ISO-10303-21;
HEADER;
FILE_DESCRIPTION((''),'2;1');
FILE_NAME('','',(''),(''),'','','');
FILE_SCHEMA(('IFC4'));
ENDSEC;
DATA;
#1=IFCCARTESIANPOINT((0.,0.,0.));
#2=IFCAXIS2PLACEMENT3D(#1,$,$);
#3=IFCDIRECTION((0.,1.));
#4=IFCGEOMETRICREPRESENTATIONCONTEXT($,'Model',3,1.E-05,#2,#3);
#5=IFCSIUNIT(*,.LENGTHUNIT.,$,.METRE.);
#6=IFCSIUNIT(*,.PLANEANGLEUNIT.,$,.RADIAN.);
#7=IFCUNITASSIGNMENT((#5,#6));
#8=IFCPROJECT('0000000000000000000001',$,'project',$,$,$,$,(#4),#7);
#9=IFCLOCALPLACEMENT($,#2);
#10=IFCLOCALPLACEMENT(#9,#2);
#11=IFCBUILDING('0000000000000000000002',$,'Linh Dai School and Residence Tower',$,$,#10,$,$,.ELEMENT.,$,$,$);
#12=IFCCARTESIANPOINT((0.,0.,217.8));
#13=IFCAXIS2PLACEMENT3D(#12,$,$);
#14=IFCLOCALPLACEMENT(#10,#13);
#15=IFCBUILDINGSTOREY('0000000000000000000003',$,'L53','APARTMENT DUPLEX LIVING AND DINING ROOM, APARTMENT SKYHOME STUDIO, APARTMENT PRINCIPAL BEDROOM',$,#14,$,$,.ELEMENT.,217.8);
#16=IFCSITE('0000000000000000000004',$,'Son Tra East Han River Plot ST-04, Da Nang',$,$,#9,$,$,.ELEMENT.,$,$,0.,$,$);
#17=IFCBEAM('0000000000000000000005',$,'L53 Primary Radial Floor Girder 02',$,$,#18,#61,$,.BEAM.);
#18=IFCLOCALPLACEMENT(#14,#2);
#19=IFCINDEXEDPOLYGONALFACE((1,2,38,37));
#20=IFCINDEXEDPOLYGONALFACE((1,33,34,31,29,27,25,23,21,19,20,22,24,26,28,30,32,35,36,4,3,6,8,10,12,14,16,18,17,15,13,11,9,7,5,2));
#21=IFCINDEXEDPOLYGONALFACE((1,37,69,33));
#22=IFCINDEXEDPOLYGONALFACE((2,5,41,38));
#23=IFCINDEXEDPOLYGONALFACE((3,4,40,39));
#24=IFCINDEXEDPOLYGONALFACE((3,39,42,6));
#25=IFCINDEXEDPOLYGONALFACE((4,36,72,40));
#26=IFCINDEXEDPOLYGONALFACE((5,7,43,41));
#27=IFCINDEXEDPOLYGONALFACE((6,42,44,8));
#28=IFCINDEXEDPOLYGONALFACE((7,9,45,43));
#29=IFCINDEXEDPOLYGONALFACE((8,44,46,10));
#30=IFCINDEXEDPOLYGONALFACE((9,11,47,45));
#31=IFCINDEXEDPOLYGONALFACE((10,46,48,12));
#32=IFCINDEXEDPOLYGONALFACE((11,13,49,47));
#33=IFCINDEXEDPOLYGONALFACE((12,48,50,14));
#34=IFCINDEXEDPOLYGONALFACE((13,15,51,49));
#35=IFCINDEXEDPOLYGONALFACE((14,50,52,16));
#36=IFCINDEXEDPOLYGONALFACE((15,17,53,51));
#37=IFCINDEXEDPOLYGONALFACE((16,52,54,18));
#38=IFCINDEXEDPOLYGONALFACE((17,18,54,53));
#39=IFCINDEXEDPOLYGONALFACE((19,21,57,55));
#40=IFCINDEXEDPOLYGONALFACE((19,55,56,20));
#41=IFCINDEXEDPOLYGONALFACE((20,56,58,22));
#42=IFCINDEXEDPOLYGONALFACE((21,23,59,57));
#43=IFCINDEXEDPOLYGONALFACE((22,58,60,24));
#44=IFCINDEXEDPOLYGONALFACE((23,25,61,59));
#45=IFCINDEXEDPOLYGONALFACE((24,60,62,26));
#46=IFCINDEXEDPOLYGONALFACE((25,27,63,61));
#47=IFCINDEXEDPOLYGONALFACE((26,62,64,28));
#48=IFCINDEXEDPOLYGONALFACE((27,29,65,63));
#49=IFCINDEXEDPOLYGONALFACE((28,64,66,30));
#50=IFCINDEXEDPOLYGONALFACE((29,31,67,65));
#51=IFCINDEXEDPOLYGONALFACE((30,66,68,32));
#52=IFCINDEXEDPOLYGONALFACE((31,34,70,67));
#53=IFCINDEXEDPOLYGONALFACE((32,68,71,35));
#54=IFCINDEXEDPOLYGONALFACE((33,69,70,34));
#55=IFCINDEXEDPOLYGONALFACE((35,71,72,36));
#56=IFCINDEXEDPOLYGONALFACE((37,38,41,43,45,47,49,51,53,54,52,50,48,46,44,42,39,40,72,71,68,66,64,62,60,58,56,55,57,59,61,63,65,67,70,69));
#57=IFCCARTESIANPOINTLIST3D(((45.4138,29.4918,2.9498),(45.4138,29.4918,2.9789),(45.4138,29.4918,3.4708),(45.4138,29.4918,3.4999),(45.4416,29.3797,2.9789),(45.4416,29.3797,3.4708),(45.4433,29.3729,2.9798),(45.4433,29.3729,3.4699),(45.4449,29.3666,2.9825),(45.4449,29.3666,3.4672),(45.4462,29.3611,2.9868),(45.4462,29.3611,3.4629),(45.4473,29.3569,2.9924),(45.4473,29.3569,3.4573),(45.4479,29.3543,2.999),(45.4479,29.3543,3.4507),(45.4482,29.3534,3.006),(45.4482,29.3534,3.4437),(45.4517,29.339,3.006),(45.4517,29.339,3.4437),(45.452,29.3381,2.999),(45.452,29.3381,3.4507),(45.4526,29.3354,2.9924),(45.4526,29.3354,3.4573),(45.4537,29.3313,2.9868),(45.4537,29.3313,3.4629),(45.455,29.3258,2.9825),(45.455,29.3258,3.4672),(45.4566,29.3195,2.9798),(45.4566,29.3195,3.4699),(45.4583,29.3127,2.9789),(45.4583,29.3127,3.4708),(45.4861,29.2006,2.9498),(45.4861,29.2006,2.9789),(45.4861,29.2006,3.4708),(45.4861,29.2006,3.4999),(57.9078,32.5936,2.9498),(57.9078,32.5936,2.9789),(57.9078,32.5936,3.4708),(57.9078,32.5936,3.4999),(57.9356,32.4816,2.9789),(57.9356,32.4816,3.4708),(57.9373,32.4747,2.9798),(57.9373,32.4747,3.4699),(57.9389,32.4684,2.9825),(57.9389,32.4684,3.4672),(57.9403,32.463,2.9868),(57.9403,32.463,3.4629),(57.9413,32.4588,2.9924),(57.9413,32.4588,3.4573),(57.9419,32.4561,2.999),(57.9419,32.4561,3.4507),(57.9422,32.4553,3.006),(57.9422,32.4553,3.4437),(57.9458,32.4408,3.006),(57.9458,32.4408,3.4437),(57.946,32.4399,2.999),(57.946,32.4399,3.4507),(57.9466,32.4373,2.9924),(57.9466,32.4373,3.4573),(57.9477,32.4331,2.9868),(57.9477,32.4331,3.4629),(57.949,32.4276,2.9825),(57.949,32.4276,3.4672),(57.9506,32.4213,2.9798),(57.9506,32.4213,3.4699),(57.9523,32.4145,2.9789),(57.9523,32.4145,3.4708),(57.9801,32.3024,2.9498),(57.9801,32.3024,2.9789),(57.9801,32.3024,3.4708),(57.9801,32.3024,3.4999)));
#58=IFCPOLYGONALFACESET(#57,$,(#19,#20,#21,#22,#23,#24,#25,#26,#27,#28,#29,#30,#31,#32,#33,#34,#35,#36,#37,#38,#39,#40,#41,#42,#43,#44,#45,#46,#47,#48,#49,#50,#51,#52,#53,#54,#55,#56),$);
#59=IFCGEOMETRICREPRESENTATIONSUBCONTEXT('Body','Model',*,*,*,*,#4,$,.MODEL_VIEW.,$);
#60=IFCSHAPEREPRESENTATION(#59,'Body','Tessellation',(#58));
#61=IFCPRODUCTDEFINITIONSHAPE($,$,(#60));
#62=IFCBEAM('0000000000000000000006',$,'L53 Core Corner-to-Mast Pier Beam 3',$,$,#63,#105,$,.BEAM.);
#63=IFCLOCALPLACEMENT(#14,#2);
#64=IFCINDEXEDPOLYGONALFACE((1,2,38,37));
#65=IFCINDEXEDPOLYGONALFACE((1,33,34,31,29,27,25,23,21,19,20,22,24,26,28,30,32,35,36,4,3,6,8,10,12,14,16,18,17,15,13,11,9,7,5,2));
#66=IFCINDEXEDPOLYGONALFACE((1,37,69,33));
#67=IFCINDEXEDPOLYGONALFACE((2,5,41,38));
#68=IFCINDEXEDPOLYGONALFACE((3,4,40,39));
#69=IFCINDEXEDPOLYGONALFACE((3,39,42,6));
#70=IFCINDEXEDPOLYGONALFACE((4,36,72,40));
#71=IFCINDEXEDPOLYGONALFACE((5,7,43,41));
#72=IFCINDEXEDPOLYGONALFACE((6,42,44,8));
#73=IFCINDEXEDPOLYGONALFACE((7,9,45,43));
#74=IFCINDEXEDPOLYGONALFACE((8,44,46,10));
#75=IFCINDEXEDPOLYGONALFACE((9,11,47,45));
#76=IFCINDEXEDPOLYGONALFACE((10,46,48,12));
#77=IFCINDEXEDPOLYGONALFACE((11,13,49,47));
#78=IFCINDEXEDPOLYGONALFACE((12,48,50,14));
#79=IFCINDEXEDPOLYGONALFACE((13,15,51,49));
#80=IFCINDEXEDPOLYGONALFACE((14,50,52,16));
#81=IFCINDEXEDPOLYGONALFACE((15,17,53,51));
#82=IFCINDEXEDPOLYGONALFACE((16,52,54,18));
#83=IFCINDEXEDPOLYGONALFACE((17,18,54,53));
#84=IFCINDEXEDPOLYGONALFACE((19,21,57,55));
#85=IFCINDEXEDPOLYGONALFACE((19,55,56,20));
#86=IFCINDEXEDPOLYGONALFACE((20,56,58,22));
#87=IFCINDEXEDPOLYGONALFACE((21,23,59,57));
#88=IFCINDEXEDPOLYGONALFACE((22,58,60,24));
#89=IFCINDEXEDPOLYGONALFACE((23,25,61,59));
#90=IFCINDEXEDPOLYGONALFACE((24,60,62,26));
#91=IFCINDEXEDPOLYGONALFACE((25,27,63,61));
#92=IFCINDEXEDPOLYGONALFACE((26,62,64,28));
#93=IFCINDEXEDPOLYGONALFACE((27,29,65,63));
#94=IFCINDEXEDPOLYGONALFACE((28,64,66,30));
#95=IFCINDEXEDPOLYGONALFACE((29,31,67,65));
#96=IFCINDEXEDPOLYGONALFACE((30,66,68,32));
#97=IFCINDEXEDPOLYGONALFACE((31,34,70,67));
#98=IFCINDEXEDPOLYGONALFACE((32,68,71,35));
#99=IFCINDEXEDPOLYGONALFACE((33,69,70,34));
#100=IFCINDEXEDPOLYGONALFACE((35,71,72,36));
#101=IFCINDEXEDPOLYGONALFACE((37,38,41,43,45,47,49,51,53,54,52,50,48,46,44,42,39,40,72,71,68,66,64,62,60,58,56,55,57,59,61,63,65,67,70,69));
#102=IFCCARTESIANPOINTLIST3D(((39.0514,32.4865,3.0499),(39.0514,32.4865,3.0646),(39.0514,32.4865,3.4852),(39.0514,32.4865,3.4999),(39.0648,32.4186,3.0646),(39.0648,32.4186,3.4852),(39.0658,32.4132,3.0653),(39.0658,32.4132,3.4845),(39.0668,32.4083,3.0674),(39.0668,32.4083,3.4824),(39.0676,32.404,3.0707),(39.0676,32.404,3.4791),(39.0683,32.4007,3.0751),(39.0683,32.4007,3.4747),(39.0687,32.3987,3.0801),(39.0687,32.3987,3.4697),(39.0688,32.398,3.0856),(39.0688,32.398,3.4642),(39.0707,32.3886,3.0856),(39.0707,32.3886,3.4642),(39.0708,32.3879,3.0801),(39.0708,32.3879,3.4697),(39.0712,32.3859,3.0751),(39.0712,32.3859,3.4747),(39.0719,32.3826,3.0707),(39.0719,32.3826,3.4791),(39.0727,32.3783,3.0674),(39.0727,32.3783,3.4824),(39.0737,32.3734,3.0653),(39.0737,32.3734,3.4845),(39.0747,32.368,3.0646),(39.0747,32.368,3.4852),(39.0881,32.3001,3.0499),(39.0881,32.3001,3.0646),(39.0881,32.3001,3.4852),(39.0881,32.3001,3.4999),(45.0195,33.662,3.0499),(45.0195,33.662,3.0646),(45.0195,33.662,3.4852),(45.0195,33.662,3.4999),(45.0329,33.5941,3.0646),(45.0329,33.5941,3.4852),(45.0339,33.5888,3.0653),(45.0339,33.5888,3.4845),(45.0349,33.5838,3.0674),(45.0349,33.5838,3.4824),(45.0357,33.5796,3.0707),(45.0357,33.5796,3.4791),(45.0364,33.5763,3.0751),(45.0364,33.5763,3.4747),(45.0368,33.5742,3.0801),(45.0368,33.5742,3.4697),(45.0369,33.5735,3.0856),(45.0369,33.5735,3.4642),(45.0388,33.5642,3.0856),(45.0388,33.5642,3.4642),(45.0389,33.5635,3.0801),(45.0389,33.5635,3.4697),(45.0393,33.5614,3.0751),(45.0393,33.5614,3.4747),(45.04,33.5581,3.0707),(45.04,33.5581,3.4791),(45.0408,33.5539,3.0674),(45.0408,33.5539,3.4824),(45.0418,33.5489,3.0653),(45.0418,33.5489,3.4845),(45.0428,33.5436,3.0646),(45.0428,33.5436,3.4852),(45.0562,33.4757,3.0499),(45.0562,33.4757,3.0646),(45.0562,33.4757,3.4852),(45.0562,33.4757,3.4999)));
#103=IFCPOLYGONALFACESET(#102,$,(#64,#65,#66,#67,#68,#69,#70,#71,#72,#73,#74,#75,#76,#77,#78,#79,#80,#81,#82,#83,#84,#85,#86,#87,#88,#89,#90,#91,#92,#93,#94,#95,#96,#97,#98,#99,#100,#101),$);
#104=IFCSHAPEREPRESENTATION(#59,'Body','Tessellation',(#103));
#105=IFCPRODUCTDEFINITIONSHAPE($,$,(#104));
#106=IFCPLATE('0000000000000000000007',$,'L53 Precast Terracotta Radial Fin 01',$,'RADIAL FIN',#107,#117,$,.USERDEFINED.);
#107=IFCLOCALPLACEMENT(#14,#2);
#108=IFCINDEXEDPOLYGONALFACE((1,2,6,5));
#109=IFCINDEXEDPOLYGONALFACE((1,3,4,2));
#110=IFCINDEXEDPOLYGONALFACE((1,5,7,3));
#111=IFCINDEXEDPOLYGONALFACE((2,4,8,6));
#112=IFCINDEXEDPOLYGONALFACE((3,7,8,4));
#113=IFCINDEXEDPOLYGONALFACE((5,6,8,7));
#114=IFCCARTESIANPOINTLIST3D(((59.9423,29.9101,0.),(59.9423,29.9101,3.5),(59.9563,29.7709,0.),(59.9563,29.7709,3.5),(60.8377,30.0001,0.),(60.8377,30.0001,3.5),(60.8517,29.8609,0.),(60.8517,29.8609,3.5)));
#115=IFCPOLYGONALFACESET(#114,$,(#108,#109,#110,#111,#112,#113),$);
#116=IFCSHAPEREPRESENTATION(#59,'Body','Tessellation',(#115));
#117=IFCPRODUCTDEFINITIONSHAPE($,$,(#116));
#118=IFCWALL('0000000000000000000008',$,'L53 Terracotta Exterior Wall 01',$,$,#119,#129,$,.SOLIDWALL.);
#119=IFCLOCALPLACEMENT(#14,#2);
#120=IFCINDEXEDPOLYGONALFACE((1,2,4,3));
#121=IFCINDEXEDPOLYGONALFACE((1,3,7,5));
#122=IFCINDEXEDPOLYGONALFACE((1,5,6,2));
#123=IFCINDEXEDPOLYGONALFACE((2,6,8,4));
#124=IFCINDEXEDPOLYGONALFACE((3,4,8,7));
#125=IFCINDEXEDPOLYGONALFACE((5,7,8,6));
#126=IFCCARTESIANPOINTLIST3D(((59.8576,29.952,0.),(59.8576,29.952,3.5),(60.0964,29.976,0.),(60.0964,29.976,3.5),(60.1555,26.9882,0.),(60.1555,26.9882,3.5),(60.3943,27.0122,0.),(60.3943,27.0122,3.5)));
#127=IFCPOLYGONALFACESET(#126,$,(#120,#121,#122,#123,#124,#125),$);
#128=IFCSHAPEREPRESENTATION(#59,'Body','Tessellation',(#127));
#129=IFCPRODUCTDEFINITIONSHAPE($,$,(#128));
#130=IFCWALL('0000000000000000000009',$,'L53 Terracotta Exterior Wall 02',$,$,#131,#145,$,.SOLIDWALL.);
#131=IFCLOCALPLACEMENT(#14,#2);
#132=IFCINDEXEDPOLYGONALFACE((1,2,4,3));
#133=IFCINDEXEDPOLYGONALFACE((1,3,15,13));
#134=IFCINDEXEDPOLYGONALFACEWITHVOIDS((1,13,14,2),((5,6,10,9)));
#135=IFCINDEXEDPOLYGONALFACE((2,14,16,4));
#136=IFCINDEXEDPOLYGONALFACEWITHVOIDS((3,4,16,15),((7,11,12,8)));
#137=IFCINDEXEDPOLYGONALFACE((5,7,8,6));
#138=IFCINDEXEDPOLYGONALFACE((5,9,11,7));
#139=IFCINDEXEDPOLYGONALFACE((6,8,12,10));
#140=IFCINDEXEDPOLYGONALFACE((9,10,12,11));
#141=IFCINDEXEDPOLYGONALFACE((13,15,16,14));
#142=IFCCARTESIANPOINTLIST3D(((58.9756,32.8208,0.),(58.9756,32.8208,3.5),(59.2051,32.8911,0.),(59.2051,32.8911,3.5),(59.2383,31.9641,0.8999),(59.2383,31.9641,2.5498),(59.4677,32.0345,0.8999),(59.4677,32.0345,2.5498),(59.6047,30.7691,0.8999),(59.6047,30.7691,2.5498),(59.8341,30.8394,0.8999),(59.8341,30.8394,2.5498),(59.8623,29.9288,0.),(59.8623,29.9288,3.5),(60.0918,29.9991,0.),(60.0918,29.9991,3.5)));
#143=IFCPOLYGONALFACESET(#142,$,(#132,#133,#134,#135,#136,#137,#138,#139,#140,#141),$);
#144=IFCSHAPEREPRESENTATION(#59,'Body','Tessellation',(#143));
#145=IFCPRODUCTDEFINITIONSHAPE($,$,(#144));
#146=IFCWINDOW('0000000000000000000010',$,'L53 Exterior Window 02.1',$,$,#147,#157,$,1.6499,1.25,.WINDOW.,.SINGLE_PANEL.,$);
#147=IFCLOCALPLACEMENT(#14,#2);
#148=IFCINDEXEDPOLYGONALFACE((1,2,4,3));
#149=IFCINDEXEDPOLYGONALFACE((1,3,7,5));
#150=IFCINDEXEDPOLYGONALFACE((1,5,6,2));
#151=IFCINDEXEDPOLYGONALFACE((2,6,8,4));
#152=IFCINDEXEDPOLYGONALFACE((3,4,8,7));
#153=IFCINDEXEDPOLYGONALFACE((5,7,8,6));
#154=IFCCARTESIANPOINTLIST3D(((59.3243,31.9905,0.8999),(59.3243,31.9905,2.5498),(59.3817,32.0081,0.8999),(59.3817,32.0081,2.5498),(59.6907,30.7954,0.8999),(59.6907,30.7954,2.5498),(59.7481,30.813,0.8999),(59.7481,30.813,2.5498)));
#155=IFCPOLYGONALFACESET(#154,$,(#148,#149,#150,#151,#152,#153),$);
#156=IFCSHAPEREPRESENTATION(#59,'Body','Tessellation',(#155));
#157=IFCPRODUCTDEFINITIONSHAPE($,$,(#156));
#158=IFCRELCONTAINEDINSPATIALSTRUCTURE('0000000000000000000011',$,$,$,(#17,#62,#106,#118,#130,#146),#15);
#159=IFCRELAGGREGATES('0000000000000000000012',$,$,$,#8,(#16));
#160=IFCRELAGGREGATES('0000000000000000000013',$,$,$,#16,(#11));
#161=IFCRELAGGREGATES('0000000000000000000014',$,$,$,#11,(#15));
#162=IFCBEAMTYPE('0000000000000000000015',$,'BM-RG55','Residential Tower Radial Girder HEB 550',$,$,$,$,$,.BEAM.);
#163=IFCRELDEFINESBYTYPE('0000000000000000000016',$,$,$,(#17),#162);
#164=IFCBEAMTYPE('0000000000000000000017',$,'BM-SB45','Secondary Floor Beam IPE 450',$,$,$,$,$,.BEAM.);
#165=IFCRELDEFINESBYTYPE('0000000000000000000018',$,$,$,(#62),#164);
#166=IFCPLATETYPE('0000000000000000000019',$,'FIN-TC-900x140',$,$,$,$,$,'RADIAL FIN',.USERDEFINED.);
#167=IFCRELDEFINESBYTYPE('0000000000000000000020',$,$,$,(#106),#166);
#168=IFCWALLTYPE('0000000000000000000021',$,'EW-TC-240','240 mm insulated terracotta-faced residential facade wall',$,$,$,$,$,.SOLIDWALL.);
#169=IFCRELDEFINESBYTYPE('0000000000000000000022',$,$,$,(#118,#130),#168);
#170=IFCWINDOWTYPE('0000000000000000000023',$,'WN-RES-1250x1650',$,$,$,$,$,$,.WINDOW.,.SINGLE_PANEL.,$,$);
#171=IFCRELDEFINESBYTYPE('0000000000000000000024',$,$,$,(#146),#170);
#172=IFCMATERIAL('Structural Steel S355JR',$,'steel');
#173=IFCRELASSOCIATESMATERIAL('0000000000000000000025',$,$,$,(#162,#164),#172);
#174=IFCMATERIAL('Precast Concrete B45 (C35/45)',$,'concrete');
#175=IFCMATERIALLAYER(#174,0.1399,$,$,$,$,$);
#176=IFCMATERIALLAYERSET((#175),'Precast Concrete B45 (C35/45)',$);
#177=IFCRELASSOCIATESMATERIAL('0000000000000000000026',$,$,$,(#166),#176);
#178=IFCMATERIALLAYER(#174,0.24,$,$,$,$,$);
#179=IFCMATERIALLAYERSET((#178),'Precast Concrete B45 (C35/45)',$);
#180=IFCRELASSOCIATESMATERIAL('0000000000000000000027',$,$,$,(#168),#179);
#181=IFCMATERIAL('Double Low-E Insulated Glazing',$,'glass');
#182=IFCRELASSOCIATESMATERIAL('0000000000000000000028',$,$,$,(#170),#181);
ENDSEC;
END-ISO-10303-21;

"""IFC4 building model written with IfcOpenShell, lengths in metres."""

from ifc_helpers import new_model, si_unit, direction, frame, frame_2d, origin, origin_2d, place, context, subcontext, project, spatial, rectangle, i_section, extrude, source, transform, mapped, material, layer, layer_set, material_profile, profile_set, type_object, element, fill, save


model = new_model("IFC4")

# Units and contexts
model_context = context("Model", 3, precision=1e-05, world=origin(), true_north=direction((0.0, 1.0)))
body_context = subcontext(model_context, "Body", "Model", "MODEL_VIEW")
ifc_project = project(units=[si_unit("LENGTHUNIT", "METRE"), si_unit("PLANEANGLEUNIT", "RADIAN")], contexts=[model_context])

# Site, building, storey
site_placement = place(None, origin())
site = spatial("IfcSite", under=ifc_project, at=site_placement, Name="Son Tra East Han River Plot ST-04, Da Nang", CompositionType="ELEMENT", RefElevation=0.0)
building_placement = place(site_placement, origin())
building = spatial("IfcBuilding", under=site, at=building_placement, Name="Linh Dai School and Residence Tower", CompositionType="ELEMENT")
storey_placement = place(building_placement, frame((0.0, 0.0, 217.8)))
storey = spatial("IfcBuildingStorey", under=building, at=storey_placement, Name="L53", Description="APARTMENT DUPLEX LIVING AND DINING ROOM, APARTMENT SKYHOME STUDIO, APARTMENT PRINCIPAL BEDROOM", CompositionType="ELEMENT", Elevation=217.8)

# Shared definitions
ifc_material_1 = material(Name="Structural Steel S355JR", Category="steel")

# Beams
ifc_material_profile_1 = material_profile(ifc_material_1, i_section(OverallWidth=0.3, OverallDepth=0.55, WebThickness=0.0149, FlangeThickness=0.0291, FilletRadius=0.0271, at=origin_2d()), Name="HEB 550")
ifc_profile_set_1 = profile_set([ifc_material_profile_1], Name="Structural Steel S355JR")
beam_type_1 = type_object("IfcBeamType", Name="BM-RG55", Description="Residential Tower Radial Girder HEB 550", PredefinedType="BEAM", material=ifc_profile_set_1)
beam_1_placement = place(storey_placement, frame((45.45, 29.3462, 3.2249), z_axis=(0.970537, 0.240951, 0.0), x_axis=(-0.240951, 0.970537, 0.0)))
element("IfcBeam", 1, at=beam_1_placement, inside=storey, type_object=beam_type_1, Name="L53 Primary Radial Floor Girder 02", PredefinedType="BEAM", context=body_context, shape_type="SweptSolid", body=[
    extrude(i_section(OverallWidth=0.3, OverallDepth=0.55, WebThickness=0.0149, FlangeThickness=0.0291, FilletRadius=0.0271, at=origin_2d()), origin(), (0.0, 0.0, 1.0), 12.8733),
])
ifc_material_profile_2 = material_profile(ifc_material_1, i_section(OverallWidth=0.1899, OverallDepth=0.45, WebThickness=0.0095, FlangeThickness=0.0146, FilletRadius=0.021, at=origin_2d()), Name="IPE 450")
ifc_profile_set_2 = profile_set([ifc_material_profile_2], Name="Structural Steel S355JR")
beam_type_2 = type_object("IfcBeamType", Name="BM-SB45", Description="Secondary Floor Beam IPE 450", PredefinedType="BEAM", material=ifc_profile_set_2)
beam_2_placement = place(storey_placement, frame((45.0378, 33.5688, 3.2749), z_axis=(-0.981148, -0.193259, 0.0), x_axis=(0.193259, -0.981148, 0.0)))
element("IfcBeam", 2, at=beam_2_placement, inside=storey, type_object=beam_type_2, Name="L53 Core Corner-to-Mast Pier Beam 3", PredefinedType="BEAM", context=body_context, shape_type="SweptSolid", body=[
    extrude(i_section(OverallWidth=0.1899, OverallDepth=0.45, WebThickness=0.0095, FlangeThickness=0.0146, FilletRadius=0.021, at=origin_2d()), origin(), (0.0, 0.0, 1.0), 6.0828),
])

# Plate
ifc_material_2 = material(Name="Precast Concrete B45 (C35/45)", Category="concrete")
ifc_layer_1 = layer(ifc_material_2, 0.1399)
ifc_layer_set_1 = layer_set([ifc_layer_1], Name="Precast Concrete B45 (C35/45)")
plate_type = type_object("IfcPlateType", Name="FIN-TC-900x140", ElementType="RADIAL FIN", PredefinedType="USERDEFINED", material=ifc_layer_set_1)
shared_shape_1 = source(origin(), body_context, "Body", "SweptSolid", [
    extrude(rectangle(XDim=0.8999, YDim=0.1399, at=origin_2d()), origin(), (0.0, 0.0, 1.0), 3.5),
])
plate_placement = place(storey_placement, frame((60.397, 29.8855, 0.0), z_axis=(0.0, 0.0, 1.0), x_axis=(0.994986, 0.100012, 0.0)))
element("IfcPlate", 3, at=plate_placement, inside=storey, type_object=plate_type, Name="L53 Precast Terracotta Radial Fin 01", ObjectType="RADIAL FIN", PredefinedType="USERDEFINED", context=body_context, shape_type="MappedRepresentation", body=[
    mapped(shared_shape_1, transform((0.0, 0.0, 0.0), x_axis=(1.0, 0.0, 0.0), y_axis=(0.0, 1.0, 0.0), z_axis=(0.0, 0.0, 1.0), scale=1.0)),
])

# Wall
ifc_layer_2 = layer(ifc_material_2, 0.24)
ifc_layer_set_2 = layer_set([ifc_layer_2], Name="Precast Concrete B45 (C35/45)")
wall_type_1 = type_object("IfcWallType", Name="EW-TC-240", Description="240 mm insulated terracotta-faced residential facade wall", PredefinedType="SOLIDWALL", material=ifc_layer_set_2)
wall_1_placement = place(storey_placement, frame((59.9771, 29.9639, 0.0), z_axis=(0.0, 0.0, 1.0), x_axis=(0.099991, -0.994988, 0.0)))
element("IfcWall", 4, at=wall_1_placement, inside=storey, type_object=wall_type_1, Name="L53 Terracotta Exterior Wall 01", PredefinedType="SOLIDWALL", context=body_context, shape_type="SweptSolid", body=[
    extrude(rectangle(XDim=2.9788, YDim=0.24, at=frame_2d((1.4893, 0.0))), origin(), (0.0, 0.0, 1.0), 3.5),
])

# Wall, opening, window
wall_2_placement = place(storey_placement, frame((59.0903, 32.856, 0.0), z_axis=(0.0, 0.0, 1.0), x_axis=(0.293133, -0.956072, 0.0)))
wall_2 = element("IfcWall", 5, at=wall_2_placement, inside=storey, type_object=wall_type_1, Name="L53 Terracotta Exterior Wall 02", PredefinedType="SOLIDWALL", context=body_context, shape_type="SweptSolid", body=[
    extrude(rectangle(XDim=3.0249, YDim=0.24, at=frame_2d((1.5125, 0.0))), origin(), (0.0, 0.0, 1.0), 3.5),
])
opening_1_placement = place(wall_2_placement, frame((0.896, 0.0, 0.8999)))
opening_1 = element("IfcOpeningElement", 6, at=opening_1_placement, cuts=wall_2, PredefinedType="OPENING", context=body_context, shape_type="SweptSolid", body=[
    extrude(rectangle(XDim=1.25, YDim=1.6499, at=origin_2d()), frame((0.625, 0.1299, 0.825), z_axis=(0.0, -1.0, 0.0), x_axis=(1.0, 0.0, 0.0)), (0.0, 0.0, 1.0), 0.26),
])
ifc_material_3 = material(Name="Double Low-E Insulated Glazing", Category="glass")
window_type = type_object("IfcWindowType", Name="WN-RES-1250x1650", PartitioningType="SINGLE_PANEL", PredefinedType="WINDOW", material=ifc_material_3)
shared_shape_2 = source(origin(), body_context, "Body", "SweptSolid", [
    extrude(rectangle(XDim=1.25, YDim=1.6499, at=origin_2d()), frame((0.625, 0.03, 0.825), z_axis=(0.0, -1.0, 0.0), x_axis=(1.0, 0.0, 0.0)), (0.0, 0.0, 1.0), 0.0601),
])
window_placement = place(opening_1_placement, origin())
window = element("IfcWindow", 7, at=window_placement, inside=storey, type_object=window_type, Name="L53 Exterior Window 02.1", OverallHeight=1.6499, OverallWidth=1.25, PartitioningType="SINGLE_PANEL", PredefinedType="WINDOW", context=body_context, shape_type="MappedRepresentation", body=[
    mapped(shared_shape_2, transform((0.0, 0.0, 0.0), x_axis=(1.0, 0.0, 0.0), y_axis=(0.0, 1.0, 0.0), z_axis=(0.0, 0.0, 1.0), scale=1.0)),
])
fill(opening_1, window)

save(model, "model.ifc")
